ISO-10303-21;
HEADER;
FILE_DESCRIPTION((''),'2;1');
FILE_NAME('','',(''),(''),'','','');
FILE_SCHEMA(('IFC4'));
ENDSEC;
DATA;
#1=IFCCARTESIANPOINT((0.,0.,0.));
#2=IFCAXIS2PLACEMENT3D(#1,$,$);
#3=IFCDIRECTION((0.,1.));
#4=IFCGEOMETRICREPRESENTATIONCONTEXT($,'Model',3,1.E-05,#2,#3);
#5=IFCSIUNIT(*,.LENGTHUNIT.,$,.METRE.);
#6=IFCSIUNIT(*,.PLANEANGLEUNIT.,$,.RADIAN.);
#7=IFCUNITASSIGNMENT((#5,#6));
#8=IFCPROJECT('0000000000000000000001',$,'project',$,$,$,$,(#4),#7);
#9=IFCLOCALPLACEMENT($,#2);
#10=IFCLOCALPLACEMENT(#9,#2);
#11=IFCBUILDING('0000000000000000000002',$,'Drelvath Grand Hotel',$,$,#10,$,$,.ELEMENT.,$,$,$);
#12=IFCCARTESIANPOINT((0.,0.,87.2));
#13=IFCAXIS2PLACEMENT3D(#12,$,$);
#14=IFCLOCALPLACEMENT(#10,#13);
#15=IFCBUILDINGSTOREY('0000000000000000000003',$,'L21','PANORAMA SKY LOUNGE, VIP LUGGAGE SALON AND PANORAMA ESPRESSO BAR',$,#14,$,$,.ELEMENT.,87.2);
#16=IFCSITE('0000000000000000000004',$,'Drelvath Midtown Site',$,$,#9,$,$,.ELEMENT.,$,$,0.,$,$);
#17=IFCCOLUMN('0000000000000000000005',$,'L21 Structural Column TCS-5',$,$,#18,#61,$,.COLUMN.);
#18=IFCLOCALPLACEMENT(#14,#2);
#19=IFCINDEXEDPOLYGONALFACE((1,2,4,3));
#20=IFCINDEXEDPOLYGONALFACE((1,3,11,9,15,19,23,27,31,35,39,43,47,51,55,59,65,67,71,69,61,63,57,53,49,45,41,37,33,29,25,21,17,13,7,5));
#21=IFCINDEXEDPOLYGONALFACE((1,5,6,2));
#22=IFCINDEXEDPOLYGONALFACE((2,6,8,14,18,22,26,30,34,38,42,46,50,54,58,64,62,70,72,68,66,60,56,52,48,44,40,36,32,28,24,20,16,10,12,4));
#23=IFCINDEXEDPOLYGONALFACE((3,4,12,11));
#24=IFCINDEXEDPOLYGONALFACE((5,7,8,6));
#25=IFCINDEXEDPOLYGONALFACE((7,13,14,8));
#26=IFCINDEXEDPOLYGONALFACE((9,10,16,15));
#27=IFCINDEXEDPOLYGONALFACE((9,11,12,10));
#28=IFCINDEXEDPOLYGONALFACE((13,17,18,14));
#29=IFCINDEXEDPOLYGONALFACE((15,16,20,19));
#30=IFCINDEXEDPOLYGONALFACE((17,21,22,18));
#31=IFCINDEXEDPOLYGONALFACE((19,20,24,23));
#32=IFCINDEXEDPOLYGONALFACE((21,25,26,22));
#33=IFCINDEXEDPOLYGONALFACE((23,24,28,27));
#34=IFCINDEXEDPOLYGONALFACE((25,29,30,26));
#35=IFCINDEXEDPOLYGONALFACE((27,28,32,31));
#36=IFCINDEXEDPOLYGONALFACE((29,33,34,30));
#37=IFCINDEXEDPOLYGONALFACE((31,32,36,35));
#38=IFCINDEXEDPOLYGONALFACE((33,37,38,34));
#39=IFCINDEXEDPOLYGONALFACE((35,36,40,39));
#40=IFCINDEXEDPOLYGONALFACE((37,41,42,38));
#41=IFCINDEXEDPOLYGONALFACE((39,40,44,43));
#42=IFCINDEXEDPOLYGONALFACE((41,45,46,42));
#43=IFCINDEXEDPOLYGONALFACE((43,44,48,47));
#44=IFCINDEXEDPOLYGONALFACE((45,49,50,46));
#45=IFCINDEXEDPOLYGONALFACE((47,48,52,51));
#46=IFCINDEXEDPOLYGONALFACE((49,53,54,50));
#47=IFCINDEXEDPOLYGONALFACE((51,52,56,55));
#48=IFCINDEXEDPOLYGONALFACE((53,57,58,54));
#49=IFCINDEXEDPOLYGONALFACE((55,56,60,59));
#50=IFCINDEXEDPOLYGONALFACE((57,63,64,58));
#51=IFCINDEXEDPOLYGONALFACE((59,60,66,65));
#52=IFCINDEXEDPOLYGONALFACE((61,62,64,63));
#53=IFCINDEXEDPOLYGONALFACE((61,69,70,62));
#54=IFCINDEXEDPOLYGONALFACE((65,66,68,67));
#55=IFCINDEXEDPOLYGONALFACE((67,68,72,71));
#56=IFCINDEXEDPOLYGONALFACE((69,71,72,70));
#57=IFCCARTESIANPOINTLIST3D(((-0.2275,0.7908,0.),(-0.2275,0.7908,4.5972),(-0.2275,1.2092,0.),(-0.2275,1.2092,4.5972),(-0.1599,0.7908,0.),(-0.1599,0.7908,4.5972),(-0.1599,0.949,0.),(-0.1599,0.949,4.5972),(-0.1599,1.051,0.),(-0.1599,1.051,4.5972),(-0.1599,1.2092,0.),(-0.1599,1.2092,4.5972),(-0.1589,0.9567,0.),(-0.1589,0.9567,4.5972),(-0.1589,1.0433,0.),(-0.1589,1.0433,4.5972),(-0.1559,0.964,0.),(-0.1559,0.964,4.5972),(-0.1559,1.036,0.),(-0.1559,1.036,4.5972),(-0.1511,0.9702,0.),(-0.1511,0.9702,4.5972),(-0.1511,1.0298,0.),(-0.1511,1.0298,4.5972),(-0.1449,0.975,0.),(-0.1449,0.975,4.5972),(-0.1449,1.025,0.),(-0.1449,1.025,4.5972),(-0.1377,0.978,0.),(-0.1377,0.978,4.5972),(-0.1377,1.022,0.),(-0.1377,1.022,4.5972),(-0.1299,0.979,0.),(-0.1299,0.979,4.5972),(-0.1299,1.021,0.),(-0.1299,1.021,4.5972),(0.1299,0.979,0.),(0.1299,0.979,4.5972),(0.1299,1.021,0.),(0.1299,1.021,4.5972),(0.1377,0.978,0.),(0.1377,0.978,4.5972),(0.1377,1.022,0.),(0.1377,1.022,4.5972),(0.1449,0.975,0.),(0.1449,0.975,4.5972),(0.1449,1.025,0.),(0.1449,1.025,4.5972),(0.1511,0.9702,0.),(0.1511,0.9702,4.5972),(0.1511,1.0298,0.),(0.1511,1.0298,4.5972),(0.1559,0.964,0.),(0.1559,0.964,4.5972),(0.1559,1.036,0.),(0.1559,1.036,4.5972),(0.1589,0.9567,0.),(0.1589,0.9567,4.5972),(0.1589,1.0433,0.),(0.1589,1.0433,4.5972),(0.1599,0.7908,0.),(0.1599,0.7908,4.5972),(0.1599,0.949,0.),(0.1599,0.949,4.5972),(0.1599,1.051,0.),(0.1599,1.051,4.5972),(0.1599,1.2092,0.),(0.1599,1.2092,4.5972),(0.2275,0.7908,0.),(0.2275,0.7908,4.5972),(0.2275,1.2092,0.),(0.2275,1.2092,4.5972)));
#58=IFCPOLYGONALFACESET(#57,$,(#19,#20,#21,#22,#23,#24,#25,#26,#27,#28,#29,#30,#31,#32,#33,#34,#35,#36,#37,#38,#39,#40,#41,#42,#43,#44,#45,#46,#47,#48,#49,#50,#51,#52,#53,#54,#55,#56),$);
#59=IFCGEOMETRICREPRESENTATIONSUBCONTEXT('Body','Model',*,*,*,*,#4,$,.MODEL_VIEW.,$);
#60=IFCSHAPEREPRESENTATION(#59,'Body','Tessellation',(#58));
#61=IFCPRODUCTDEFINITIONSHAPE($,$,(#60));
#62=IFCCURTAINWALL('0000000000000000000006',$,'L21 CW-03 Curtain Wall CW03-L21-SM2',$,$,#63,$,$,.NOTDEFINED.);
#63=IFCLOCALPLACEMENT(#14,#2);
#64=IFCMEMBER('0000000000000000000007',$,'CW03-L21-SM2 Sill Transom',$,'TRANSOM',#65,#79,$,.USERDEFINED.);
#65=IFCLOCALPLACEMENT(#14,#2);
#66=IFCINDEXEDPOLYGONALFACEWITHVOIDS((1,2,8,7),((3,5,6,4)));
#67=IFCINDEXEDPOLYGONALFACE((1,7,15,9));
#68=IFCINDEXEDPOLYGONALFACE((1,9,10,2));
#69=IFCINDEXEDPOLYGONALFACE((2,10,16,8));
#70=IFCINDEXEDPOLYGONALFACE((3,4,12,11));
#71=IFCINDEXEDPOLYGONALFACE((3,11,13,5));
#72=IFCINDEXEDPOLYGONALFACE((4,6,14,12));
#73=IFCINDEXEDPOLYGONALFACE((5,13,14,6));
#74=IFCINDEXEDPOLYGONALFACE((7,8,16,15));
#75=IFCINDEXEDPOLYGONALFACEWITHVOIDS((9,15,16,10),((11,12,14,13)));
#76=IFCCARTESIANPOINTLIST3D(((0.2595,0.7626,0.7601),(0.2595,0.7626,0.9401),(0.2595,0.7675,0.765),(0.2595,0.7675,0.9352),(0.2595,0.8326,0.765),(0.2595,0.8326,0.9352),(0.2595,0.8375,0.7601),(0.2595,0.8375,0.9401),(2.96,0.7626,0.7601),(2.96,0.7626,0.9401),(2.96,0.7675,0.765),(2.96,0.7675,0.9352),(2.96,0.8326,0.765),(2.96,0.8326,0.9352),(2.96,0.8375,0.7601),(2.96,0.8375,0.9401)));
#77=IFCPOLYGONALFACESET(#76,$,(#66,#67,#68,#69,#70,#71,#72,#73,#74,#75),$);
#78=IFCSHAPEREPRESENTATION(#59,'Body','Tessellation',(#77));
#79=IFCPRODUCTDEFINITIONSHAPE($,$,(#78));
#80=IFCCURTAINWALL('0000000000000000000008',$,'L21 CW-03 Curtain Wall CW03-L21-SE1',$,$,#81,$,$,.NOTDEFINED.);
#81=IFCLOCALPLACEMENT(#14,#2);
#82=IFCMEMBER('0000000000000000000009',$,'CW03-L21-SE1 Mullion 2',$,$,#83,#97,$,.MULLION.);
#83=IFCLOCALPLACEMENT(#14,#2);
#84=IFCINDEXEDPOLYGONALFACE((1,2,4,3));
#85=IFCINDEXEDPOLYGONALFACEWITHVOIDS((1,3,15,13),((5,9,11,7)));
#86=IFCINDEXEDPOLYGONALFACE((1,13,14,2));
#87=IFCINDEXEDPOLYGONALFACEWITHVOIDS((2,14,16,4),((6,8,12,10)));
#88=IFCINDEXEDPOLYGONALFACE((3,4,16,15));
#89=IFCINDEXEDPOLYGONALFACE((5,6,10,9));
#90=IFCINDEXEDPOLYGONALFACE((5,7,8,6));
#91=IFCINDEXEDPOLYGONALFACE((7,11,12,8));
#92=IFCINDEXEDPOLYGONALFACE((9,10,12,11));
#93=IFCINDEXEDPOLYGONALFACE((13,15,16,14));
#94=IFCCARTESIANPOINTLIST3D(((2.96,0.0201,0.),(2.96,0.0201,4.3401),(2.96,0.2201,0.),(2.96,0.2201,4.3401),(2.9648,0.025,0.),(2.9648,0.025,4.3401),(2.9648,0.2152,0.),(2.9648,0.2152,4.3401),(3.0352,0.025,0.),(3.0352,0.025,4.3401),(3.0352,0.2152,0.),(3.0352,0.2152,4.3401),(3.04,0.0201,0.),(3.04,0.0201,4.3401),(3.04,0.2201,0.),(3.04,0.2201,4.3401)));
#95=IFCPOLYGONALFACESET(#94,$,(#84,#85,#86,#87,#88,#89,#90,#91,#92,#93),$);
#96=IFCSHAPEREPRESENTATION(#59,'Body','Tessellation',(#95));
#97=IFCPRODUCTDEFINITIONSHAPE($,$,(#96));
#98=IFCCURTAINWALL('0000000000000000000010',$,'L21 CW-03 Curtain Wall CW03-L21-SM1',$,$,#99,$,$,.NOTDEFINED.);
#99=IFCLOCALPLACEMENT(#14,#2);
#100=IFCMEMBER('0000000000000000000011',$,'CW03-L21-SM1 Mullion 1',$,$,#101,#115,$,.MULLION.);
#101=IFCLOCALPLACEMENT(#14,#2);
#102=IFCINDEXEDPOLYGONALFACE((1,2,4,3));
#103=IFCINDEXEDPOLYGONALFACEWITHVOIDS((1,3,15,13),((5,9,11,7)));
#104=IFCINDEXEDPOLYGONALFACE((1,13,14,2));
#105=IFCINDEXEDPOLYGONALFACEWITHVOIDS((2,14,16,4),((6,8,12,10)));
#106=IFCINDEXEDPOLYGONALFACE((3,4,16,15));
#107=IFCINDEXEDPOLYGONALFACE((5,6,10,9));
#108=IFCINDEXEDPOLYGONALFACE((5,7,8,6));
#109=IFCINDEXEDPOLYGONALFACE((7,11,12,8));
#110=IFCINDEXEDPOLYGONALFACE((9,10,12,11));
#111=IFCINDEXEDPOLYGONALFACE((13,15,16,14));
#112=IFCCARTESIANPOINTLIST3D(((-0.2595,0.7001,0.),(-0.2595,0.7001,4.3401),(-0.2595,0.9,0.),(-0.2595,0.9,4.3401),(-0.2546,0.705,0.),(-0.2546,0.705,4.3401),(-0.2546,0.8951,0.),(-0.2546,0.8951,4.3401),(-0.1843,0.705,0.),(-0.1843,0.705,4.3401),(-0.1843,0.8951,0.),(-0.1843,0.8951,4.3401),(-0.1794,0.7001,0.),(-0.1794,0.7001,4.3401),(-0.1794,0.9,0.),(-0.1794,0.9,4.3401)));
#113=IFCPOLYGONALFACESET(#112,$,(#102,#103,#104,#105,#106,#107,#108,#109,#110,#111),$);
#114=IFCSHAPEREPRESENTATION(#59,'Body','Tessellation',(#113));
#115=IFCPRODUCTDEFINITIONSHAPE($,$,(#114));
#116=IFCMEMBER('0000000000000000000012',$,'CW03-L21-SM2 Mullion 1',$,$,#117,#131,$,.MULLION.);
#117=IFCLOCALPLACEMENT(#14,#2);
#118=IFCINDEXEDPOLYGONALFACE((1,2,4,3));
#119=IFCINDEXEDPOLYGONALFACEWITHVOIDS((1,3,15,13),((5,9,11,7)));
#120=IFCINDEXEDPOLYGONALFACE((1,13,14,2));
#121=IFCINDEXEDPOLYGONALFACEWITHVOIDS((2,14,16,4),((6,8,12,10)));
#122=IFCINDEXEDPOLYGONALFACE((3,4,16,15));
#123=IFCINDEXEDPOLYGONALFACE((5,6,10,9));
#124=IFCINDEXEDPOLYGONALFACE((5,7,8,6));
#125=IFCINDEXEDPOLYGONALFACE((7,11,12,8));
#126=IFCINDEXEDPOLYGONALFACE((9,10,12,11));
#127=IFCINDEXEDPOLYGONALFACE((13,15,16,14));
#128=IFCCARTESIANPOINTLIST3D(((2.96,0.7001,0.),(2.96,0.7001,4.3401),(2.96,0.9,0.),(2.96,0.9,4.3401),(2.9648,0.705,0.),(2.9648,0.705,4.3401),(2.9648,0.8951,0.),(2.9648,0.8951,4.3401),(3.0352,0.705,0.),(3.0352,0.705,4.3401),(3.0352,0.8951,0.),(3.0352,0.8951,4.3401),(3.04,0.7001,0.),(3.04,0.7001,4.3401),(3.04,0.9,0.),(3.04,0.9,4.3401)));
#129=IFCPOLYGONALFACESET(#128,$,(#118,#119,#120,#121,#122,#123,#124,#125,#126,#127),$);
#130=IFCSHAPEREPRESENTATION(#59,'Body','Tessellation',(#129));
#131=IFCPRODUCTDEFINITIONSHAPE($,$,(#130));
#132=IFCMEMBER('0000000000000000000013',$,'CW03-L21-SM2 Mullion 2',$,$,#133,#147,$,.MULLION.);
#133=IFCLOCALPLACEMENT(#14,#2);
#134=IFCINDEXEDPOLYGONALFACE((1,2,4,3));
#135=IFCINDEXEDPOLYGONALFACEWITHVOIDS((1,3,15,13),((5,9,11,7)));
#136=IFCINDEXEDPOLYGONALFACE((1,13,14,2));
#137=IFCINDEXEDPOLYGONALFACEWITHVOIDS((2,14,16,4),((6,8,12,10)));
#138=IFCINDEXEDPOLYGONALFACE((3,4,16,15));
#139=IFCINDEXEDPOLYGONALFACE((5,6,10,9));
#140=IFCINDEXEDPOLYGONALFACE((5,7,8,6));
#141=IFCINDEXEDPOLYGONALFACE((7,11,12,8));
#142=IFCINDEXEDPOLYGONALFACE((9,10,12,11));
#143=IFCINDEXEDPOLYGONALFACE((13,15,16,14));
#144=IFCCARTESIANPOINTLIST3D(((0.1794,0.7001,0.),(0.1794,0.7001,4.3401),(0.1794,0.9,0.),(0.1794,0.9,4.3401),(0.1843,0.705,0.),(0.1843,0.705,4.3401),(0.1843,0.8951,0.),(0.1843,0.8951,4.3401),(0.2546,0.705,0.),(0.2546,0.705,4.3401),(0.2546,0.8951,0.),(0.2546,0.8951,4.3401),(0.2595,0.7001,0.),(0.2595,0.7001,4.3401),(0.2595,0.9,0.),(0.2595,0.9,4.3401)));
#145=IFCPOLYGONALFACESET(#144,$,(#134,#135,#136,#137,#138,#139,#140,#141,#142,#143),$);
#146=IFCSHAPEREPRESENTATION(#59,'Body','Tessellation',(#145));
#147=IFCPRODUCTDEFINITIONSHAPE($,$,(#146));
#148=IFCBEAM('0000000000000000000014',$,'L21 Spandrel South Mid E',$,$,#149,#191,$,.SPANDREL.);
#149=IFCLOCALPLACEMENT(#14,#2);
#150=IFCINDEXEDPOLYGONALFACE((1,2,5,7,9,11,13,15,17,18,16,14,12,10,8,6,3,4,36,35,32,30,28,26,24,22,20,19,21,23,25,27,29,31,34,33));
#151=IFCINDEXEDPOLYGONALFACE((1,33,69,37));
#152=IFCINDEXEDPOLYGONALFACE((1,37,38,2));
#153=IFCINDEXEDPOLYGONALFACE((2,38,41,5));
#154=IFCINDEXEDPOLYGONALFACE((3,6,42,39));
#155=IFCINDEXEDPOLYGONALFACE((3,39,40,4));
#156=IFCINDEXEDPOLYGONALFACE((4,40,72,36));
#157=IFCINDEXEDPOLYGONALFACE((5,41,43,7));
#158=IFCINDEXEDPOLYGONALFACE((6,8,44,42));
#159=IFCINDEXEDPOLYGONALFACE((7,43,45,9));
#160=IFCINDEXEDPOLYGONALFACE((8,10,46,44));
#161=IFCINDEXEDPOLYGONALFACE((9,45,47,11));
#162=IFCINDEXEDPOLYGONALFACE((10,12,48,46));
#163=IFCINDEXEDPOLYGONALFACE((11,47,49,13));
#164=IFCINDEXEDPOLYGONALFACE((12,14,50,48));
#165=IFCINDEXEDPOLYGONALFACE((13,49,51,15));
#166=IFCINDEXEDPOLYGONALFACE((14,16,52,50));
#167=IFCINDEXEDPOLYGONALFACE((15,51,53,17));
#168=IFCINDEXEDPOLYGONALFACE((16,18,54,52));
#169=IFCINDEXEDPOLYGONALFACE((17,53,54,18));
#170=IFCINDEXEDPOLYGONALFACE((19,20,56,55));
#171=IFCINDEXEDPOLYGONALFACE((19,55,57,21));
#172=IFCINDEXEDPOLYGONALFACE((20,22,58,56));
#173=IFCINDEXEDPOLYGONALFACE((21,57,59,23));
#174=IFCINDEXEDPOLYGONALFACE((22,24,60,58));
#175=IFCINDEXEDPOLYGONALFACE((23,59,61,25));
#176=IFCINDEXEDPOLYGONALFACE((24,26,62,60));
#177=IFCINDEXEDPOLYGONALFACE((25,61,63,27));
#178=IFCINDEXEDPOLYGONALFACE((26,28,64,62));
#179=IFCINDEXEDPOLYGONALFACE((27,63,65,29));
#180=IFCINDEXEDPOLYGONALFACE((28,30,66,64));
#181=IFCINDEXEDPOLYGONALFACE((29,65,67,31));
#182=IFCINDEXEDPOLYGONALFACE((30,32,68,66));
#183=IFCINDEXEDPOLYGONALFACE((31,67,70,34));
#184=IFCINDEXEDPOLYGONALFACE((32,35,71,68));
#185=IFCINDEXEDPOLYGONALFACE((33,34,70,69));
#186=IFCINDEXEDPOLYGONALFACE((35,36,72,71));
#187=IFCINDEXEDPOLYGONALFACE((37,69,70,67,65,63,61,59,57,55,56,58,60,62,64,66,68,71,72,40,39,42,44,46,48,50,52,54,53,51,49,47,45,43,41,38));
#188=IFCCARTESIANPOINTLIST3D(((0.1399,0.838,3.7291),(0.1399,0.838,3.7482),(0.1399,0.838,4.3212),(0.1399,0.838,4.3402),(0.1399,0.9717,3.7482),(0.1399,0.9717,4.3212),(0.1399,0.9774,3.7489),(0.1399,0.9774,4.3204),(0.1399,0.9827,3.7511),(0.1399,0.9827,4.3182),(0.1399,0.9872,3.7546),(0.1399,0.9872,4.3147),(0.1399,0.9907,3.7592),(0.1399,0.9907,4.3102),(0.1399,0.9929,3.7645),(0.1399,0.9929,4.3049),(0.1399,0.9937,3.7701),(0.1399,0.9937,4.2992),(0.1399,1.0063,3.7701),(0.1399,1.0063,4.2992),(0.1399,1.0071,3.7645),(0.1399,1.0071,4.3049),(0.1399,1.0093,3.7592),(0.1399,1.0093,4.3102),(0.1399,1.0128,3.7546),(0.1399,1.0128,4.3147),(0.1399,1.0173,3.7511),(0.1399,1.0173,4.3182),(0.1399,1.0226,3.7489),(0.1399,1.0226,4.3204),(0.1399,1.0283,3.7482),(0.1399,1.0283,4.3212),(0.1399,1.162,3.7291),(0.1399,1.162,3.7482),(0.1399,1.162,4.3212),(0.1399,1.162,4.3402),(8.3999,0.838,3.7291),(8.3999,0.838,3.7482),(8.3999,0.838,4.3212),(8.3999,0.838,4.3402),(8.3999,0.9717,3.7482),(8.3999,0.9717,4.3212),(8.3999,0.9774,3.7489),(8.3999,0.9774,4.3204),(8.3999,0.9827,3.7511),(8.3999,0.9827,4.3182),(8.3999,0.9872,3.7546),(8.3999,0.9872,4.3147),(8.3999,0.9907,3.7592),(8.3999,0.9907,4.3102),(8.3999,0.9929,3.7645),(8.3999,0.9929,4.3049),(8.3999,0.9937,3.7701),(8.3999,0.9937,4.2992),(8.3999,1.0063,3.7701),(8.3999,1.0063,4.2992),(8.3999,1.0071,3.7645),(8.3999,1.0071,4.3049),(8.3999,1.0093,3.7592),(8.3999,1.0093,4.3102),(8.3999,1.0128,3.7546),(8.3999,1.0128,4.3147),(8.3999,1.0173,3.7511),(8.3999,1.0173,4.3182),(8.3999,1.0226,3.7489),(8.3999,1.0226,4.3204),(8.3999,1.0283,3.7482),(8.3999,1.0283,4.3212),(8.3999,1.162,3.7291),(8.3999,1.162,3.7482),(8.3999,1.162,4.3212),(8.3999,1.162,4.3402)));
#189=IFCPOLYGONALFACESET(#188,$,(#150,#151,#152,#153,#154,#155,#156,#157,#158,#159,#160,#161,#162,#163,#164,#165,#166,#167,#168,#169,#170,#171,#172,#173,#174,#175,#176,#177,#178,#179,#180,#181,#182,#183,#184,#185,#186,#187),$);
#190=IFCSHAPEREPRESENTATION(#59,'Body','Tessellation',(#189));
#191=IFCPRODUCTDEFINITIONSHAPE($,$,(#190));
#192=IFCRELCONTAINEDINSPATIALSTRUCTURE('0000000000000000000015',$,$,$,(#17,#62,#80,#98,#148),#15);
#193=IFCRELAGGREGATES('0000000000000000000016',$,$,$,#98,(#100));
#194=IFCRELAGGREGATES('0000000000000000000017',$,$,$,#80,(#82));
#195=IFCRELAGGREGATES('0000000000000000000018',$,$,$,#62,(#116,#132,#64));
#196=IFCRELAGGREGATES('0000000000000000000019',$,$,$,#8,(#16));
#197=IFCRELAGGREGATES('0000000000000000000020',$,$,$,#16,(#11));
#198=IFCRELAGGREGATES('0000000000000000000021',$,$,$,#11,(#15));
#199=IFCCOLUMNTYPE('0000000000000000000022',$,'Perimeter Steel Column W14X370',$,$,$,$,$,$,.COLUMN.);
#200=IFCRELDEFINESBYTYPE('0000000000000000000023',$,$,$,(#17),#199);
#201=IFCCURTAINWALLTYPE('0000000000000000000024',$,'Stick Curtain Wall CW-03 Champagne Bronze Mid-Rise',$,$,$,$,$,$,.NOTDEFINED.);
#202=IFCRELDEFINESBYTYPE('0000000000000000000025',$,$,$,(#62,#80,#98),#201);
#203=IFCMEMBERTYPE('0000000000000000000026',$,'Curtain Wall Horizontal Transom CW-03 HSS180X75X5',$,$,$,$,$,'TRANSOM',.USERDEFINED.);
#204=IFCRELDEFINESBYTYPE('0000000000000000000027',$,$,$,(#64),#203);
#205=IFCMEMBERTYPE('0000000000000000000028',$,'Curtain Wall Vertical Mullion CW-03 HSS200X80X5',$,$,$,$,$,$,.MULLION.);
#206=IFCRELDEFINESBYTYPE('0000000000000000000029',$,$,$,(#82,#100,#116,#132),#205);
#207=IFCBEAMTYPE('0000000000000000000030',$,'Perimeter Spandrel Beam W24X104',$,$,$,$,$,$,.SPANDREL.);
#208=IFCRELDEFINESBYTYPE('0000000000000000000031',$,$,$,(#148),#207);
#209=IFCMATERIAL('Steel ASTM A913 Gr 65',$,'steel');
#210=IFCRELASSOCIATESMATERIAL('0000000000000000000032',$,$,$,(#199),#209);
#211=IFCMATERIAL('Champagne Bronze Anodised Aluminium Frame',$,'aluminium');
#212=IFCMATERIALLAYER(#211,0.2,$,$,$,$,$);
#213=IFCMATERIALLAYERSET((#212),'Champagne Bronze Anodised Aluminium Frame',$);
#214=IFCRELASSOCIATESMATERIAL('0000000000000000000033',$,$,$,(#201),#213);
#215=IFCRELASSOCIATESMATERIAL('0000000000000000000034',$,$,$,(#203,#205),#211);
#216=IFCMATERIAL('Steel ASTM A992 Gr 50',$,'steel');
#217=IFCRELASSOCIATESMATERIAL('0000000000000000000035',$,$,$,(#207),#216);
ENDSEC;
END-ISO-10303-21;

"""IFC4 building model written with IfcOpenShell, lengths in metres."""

from ifc_helpers import new_model, si_unit, direction, frame, origin, origin_2d, place, context, subcontext, project, spatial, hollow_rectangle, i_section, extrude, material, layer, layer_set, material_profile, profile_set, type_object, element, aggregate, save


model = new_model("IFC4")

# Units and contexts
model_context = context("Model", 3, precision=1e-05, world=origin(), true_north=direction((0.0, 1.0)))
body_context = subcontext(model_context, "Body", "Model", "MODEL_VIEW")
ifc_project = project(units=[si_unit("LENGTHUNIT", "METRE"), si_unit("PLANEANGLEUNIT", "RADIAN")], contexts=[model_context])

# Site, building, storey
site_placement = place(None, origin())
site = spatial("IfcSite", under=ifc_project, at=site_placement, Name="Drelvath Midtown Site", CompositionType="ELEMENT", RefElevation=0.0)
building_placement = place(site_placement, origin())
building = spatial("IfcBuilding", under=site, at=building_placement, Name="Drelvath Grand Hotel", CompositionType="ELEMENT")
storey_placement = place(building_placement, frame((0.0, 0.0, 87.2)))
storey = spatial("IfcBuildingStorey", under=building, at=storey_placement, Name="L21", Description="PANORAMA SKY LOUNGE, VIP LUGGAGE SALON AND PANORAMA ESPRESSO BAR", CompositionType="ELEMENT", Elevation=87.2)

# Column
ifc_material_1 = material(Name="Steel ASTM A913 Gr 65", Category="steel")
ifc_material_profile_1 = material_profile(ifc_material_1, i_section(OverallWidth=0.4185, OverallDepth=0.4551, WebThickness=0.042, FlangeThickness=0.0676, FilletRadius=0.03, at=origin_2d()), Name="W14X370")
ifc_profile_set_1 = profile_set([ifc_material_profile_1], Name="Steel ASTM A913 Gr 65")
column_type = type_object("IfcColumnType", Name="Perimeter Steel Column W14X370", PredefinedType="COLUMN", material=ifc_profile_set_1)
column_placement = place(storey_placement, frame((0.0, 1.0, 0.0), z_axis=(0.0, 0.0, 1.0), x_axis=(0.0, 1.0, 0.0)))
element("IfcColumn", 1, at=column_placement, inside=storey, type_object=column_type, Name="L21 Structural Column TCS-5", PredefinedType="COLUMN", context=body_context, shape_type="SweptSolid", body=[
    extrude(i_section(OverallWidth=0.4185, OverallDepth=0.4551, WebThickness=0.042, FlangeThickness=0.0676, FilletRadius=0.03, at=origin_2d()), origin(), (0.0, 0.0, 1.0), 4.5972),
])

# Curtain walls, members
ifc_material_2 = material(Name="Champagne Bronze Anodised Aluminium Frame", Category="aluminium")
ifc_layer_1 = layer(ifc_material_2, 0.2)
ifc_layer_set_1 = layer_set([ifc_layer_1], Name="Champagne Bronze Anodised Aluminium Frame")
curtain_wall_type = type_object("IfcCurtainWallType", Name="Stick Curtain Wall CW-03 Champagne Bronze Mid-Rise", PredefinedType="NOTDEFINED", material=ifc_layer_set_1)
curtain_wall_1_placement = place(storey_placement, origin())
curtain_wall_1 = element("IfcCurtainWall", 2, at=curtain_wall_1_placement, inside=storey, type_object=curtain_wall_type, Name="L21 CW-03 Curtain Wall CW03-L21-SM2", PredefinedType="NOTDEFINED")
ifc_material_profile_2 = material_profile(ifc_material_2, hollow_rectangle(XDim=0.075, YDim=0.1799, WallThickness=0.0049, at=origin_2d()), Name="HSS180X75X5")
ifc_profile_set_2 = profile_set([ifc_material_profile_2], Name="Champagne Bronze Anodised Aluminium Frame")
member_type_1 = type_object("IfcMemberType", Name="Curtain Wall Horizontal Transom CW-03 HSS180X75X5", ElementType="TRANSOM", PredefinedType="USERDEFINED", material=ifc_profile_set_2)
member_1_placement = place(storey_placement, frame((2.96, 0.8, 0.8501), z_axis=(-1.0, 0.0, 0.0), x_axis=(0.0, -1.0, 0.0)))
member_1 = element("IfcMember", 3, at=member_1_placement, type_object=member_type_1, Name="CW03-L21-SM2 Sill Transom", ObjectType="TRANSOM", PredefinedType="USERDEFINED", context=body_context, shape_type="SweptSolid", body=[
    extrude(hollow_rectangle(XDim=0.075, YDim=0.1799, WallThickness=0.0049, at=origin_2d()), origin(), (0.0, 0.0, 1.0), 2.7004),
])
curtain_wall_2_placement = place(storey_placement, origin())
curtain_wall_2 = element("IfcCurtainWall", 4, at=curtain_wall_2_placement, inside=storey, type_object=curtain_wall_type, Name="L21 CW-03 Curtain Wall CW03-L21-SE1", PredefinedType="NOTDEFINED")
ifc_material_profile_3 = material_profile(ifc_material_2, hollow_rectangle(XDim=0.0801, YDim=0.2, WallThickness=0.0049, at=origin_2d()), Name="HSS200X80X5")
ifc_profile_set_3 = profile_set([ifc_material_profile_3], Name="Champagne Bronze Anodised Aluminium Frame")
member_type_2 = type_object("IfcMemberType", Name="Curtain Wall Vertical Mullion CW-03 HSS200X80X5", PredefinedType="MULLION", material=ifc_profile_set_3)
member_2_placement = place(storey_placement, frame((3.0, 0.1201, 0.0), z_axis=(0.0, 0.0, 1.0), x_axis=(1.0, 0.0, 0.0)))
member_2 = element("IfcMember", 5, at=member_2_placement, type_object=member_type_2, Name="CW03-L21-SE1 Mullion 2", PredefinedType="MULLION", context=body_context, shape_type="SweptSolid", body=[
    extrude(hollow_rectangle(XDim=0.0801, YDim=0.2, WallThickness=0.0049, at=origin_2d()), origin(), (0.0, 0.0, 1.0), 4.3401),
])
curtain_wall_3_placement = place(storey_placement, origin())
curtain_wall_3 = element("IfcCurtainWall", 6, at=curtain_wall_3_placement, inside=storey, type_object=curtain_wall_type, Name="L21 CW-03 Curtain Wall CW03-L21-SM1", PredefinedType="NOTDEFINED")
member_3_placement = place(storey_placement, frame((-0.2195, 0.8, 0.0), z_axis=(0.0, 0.0, 1.0), x_axis=(1.0, 0.0, 0.0)))
member_3 = element("IfcMember", 7, at=member_3_placement, type_object=member_type_2, Name="CW03-L21-SM1 Mullion 1", PredefinedType="MULLION", context=body_context, shape_type="SweptSolid", body=[
    extrude(hollow_rectangle(XDim=0.0801, YDim=0.2, WallThickness=0.0049, at=origin_2d()), origin(), (0.0, 0.0, 1.0), 4.3401),
])
aggregate(curtain_wall_3, [member_3])

# Members
member_4_placement = place(storey_placement, frame((3.0, 0.8, 0.0), z_axis=(0.0, 0.0, 1.0), x_axis=(1.0, 0.0, 0.0)))
member_4 = element("IfcMember", 8, at=member_4_placement, type_object=member_type_2, Name="CW03-L21-SM2 Mullion 1", PredefinedType="MULLION", context=body_context, shape_type="SweptSolid", body=[
    extrude(hollow_rectangle(XDim=0.0801, YDim=0.2, WallThickness=0.0049, at=origin_2d()), origin(), (0.0, 0.0, 1.0), 4.3401),
])
member_5_placement = place(storey_placement, frame((0.2195, 0.8, 0.0), z_axis=(0.0, 0.0, 1.0), x_axis=(1.0, 0.0, 0.0)))
member_5 = element("IfcMember", 9, at=member_5_placement, type_object=member_type_2, Name="CW03-L21-SM2 Mullion 2", PredefinedType="MULLION", context=body_context, shape_type="SweptSolid", body=[
    extrude(hollow_rectangle(XDim=0.0801, YDim=0.2, WallThickness=0.0049, at=origin_2d()), origin(), (0.0, 0.0, 1.0), 4.3401),
])

# Beam
ifc_material_3 = material(Name="Steel ASTM A992 Gr 50", Category="steel")
ifc_material_profile_4 = material_profile(ifc_material_3, i_section(OverallWidth=0.324, OverallDepth=0.6111, WebThickness=0.0127, FlangeThickness=0.019, FilletRadius=0.022, at=origin_2d()), Name="W24X104")
ifc_profile_set_4 = profile_set([ifc_material_profile_4], Name="Steel ASTM A992 Gr 50")
beam_type_1 = type_object("IfcBeamType", Name="Perimeter Spandrel Beam W24X104", PredefinedType="SPANDREL", material=ifc_profile_set_4)
beam_1_placement = place(storey_placement, frame((0.1399, 1.0, 4.0347), z_axis=(1.0, 0.0, 0.0), x_axis=(0.0, 1.0, 0.0)))
element("IfcBeam", 10, at=beam_1_placement, inside=storey, type_object=beam_type_1, Name="L21 Spandrel South Mid E", PredefinedType="SPANDREL", context=body_context, shape_type="SweptSolid", body=[
    extrude(i_section(OverallWidth=0.324, OverallDepth=0.6111, WebThickness=0.0127, FlangeThickness=0.019, FilletRadius=0.022, at=origin_2d()), origin(), (0.0, 0.0, 1.0), 8.26),
])

aggregate(curtain_wall_2, [member_2])
aggregate(curtain_wall_1, [member_4, member_5, member_1])

save(model, "model.ifc")
